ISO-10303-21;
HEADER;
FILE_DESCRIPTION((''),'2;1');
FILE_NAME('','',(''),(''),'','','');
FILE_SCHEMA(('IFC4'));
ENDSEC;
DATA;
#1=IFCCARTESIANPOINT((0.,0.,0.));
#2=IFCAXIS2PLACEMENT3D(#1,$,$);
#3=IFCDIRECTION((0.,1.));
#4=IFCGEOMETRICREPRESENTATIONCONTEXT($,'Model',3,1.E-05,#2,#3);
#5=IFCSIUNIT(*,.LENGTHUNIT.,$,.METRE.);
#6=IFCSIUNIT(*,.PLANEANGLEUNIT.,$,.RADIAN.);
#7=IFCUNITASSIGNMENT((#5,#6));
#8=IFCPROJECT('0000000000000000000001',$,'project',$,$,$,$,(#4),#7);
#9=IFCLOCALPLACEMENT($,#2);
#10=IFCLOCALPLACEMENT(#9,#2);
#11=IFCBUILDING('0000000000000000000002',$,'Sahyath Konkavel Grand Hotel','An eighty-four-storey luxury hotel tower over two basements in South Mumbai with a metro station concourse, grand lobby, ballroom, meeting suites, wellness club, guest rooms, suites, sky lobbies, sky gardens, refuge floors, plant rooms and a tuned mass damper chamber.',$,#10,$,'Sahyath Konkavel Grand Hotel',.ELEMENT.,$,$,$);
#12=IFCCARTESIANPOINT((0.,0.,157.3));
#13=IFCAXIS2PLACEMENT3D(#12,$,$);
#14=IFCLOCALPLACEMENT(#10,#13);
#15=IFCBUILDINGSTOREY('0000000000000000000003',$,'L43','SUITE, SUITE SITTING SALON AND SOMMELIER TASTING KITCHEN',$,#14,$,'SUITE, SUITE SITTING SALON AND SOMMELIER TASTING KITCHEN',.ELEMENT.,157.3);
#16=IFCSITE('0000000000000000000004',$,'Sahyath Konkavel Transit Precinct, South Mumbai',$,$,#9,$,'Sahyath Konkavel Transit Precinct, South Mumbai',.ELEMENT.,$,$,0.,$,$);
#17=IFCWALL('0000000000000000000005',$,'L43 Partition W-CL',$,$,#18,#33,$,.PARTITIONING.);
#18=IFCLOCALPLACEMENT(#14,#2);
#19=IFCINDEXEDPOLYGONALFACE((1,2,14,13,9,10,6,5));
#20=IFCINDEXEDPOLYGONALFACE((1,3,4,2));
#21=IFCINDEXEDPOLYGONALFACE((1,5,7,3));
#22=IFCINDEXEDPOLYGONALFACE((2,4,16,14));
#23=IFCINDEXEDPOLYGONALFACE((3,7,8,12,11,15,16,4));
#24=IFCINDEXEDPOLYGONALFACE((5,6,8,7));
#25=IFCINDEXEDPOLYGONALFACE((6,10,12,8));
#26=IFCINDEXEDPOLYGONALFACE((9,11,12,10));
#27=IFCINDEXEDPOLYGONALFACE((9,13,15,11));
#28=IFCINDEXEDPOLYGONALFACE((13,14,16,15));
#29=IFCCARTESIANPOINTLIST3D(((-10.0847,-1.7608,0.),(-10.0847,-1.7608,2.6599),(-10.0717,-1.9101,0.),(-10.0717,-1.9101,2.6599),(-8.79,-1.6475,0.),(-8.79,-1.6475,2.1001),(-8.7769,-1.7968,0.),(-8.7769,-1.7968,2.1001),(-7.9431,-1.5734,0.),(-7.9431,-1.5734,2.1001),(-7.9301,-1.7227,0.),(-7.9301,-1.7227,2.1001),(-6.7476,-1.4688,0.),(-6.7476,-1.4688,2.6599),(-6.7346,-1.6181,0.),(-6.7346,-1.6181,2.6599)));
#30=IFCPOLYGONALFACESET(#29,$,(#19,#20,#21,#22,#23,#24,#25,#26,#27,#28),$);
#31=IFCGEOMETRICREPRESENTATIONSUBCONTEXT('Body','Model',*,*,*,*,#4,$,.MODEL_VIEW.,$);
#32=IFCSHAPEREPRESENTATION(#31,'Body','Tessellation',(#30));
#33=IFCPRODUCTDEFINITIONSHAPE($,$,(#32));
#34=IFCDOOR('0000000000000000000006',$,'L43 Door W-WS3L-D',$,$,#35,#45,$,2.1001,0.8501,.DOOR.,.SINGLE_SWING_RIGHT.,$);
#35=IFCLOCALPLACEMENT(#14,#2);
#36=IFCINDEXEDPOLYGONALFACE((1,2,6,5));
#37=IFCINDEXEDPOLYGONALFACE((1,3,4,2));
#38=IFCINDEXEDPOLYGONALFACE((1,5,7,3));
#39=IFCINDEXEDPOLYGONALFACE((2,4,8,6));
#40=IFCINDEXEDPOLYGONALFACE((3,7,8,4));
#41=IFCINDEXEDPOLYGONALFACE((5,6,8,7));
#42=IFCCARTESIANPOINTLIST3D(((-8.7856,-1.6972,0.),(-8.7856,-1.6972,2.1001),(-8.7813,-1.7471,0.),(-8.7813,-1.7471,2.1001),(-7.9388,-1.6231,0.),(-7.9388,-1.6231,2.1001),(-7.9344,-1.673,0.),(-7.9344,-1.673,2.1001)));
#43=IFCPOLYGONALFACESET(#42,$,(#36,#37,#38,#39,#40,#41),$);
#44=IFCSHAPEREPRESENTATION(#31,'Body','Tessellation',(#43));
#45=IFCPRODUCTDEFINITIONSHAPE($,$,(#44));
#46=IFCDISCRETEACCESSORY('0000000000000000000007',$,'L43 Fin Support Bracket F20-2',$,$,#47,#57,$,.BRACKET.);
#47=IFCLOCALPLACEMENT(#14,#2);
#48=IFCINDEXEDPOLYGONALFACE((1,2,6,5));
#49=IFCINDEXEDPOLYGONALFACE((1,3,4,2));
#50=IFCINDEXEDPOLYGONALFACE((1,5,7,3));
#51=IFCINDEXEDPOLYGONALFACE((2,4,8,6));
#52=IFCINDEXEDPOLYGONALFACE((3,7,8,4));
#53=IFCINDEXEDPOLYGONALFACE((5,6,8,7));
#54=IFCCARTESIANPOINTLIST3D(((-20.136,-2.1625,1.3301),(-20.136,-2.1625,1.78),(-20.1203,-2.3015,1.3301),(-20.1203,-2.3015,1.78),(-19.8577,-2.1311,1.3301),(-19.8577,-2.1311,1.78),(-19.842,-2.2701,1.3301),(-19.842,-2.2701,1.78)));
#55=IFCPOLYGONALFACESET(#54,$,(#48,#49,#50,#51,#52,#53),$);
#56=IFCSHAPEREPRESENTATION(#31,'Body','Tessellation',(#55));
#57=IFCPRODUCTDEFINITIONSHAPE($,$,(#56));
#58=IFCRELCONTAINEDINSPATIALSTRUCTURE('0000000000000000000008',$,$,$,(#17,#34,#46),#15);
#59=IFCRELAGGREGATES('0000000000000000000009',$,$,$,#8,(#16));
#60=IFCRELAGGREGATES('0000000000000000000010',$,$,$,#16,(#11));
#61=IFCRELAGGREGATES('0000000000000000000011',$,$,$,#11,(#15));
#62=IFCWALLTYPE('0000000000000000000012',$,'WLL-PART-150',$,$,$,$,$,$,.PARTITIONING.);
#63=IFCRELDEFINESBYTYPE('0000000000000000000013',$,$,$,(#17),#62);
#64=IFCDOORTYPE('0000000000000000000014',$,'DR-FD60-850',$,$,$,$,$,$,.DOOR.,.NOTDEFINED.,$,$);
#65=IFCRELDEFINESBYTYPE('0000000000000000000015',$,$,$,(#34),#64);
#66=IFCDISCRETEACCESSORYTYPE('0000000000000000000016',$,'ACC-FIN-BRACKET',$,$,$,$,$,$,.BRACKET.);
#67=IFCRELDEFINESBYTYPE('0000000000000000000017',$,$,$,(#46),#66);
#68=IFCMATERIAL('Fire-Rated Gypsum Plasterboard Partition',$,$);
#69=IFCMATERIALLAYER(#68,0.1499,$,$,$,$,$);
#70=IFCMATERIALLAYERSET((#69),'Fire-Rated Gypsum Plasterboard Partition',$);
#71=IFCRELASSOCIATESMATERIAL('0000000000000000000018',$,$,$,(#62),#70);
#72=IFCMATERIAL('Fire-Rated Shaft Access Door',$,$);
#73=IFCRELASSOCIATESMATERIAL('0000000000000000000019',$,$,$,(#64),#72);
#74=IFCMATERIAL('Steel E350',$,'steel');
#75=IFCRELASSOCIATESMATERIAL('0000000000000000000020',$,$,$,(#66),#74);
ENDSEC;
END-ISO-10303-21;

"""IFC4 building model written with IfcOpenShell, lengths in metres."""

from ifc_helpers import new_model, si_unit, direction, frame, frame_2d, origin, origin_2d, place, context, subcontext, project, spatial, rectangle, extrude, source, transform, mapped, material, layer, layer_set, type_object, element, fill, save


model = new_model("IFC4")

# Units and contexts
model_context = context("Model", 3, precision=1e-05, world=origin(), true_north=direction((0.0, 1.0)))
body_context = subcontext(model_context, "Body", "Model", "MODEL_VIEW")
ifc_project = project(units=[si_unit("LENGTHUNIT", "METRE"), si_unit("PLANEANGLEUNIT", "RADIAN")], contexts=[model_context])

# Site, building, storey
site_placement = place(None, origin())
site = spatial("IfcSite", under=ifc_project, at=site_placement, Name="Sahyath Konkavel Transit Precinct, South Mumbai", LongName="Sahyath Konkavel Transit Precinct, South Mumbai", CompositionType="ELEMENT", RefElevation=0.0)
building_placement = place(site_placement, origin())
building = spatial("IfcBuilding", under=site, at=building_placement, Name="Sahyath Konkavel Grand Hotel", Description="An eighty-four-storey luxury hotel tower over two basements in South Mumbai with a metro station concourse, grand lobby, ballroom, meeting suites, wellness club, guest rooms, suites, sky lobbies, sky gardens, refuge floors, plant rooms and a tuned mass damper chamber.", LongName="Sahyath Konkavel Grand Hotel", CompositionType="ELEMENT")
storey_placement = place(building_placement, frame((0.0, 0.0, 157.3)))
storey = spatial("IfcBuildingStorey", under=building, at=storey_placement, Name="L43", Description="SUITE, SUITE SITTING SALON AND SOMMELIER TASTING KITCHEN", LongName="SUITE, SUITE SITTING SALON AND SOMMELIER TASTING KITCHEN", CompositionType="ELEMENT", Elevation=157.3)

# Shared definitions
ifc_material_1 = material(Name="Steel E350", Category="steel")

# Wall, opening, door
ifc_material_2 = material(Name="Fire-Rated Gypsum Plasterboard Partition")
ifc_layer_1 = layer(ifc_material_2, 0.1499)
ifc_layer_set_1 = layer_set([ifc_layer_1], Name="Fire-Rated Gypsum Plasterboard Partition")
wall_type_1 = type_object("IfcWallType", Name="WLL-PART-150", PredefinedType="PARTITIONING", material=ifc_layer_set_1)
wall_1_placement = place(storey_placement, frame((-6.7412, -1.5435, 0.0), z_axis=(0.0, 0.0, 1.0), x_axis=(-0.996194, -0.087164, 0.0)))
wall_1 = element("IfcWall", 1, at=wall_1_placement, inside=storey, type_object=wall_type_1, Name="L43 Partition W-CL", PredefinedType="PARTITIONING", context=body_context, shape_type="SweptSolid", body=[
    extrude(rectangle(XDim=3.3499, YDim=0.1499, at=frame_2d((1.6748, 0.0))), origin(), (0.0, 0.0, 1.0), 2.6599),
])
opening_placement = place(wall_1_placement, frame((1.2, 0.0, 0.0)))
opening = element("IfcOpeningElement", 2, at=opening_placement, cuts=wall_1, PredefinedType="OPENING", context=body_context, shape_type="SweptSolid", body=[
    extrude(rectangle(XDim=0.8501, YDim=2.1001, at=frame_2d((0.425, 1.05))), frame((0.0, 0.085, 0.0), z_axis=(0.0, -1.0, 0.0), x_axis=(1.0, 0.0, 0.0)), (0.0, 0.0, 1.0), 0.1699),
])
ifc_material_3 = material(Name="Fire-Rated Shaft Access Door")
door_type = type_object("IfcDoorType", Name="DR-FD60-850", OperationType="NOTDEFINED", PredefinedType="DOOR", material=ifc_material_3)
shared_shape_1 = source(origin(), body_context, "Body", "SweptSolid", [
    extrude(rectangle(XDim=0.8501, YDim=0.05, at=origin_2d()), origin(), (0.0, 0.0, 1.0), 2.1001),
])
door_placement = place(opening_placement, frame((0.425, 0.0, 0.0)))
door = element("IfcDoor", 3, at=door_placement, inside=storey, type_object=door_type, Name="L43 Door W-WS3L-D", OperationType="SINGLE_SWING_RIGHT", OverallHeight=2.1001, OverallWidth=0.8501, PredefinedType="DOOR", context=body_context, shape_type="MappedRepresentation", body=[
    mapped(shared_shape_1, transform((0.0, 0.0, 0.0), scale=1.0)),
])
fill(opening, door)

# Discrete accessory
discrete_accessory_type = type_object("IfcDiscreteAccessoryType", Name="ACC-FIN-BRACKET", PredefinedType="BRACKET", material=ifc_material_1)
shared_shape_2 = source(origin(), body_context, "Body", "SweptSolid", [
    extrude(rectangle(XDim=0.28, YDim=0.1399, at=origin_2d()), origin(), (0.0, 0.0, 1.0), 0.45),
])
discrete_accessory_placement = place(storey_placement, frame((-19.989, -2.2163, 1.3301), z_axis=(0.0, 0.0, 1.0), x_axis=(-0.993709, -0.111989, 0.0)))
element("IfcDiscreteAccessory", 4, at=discrete_accessory_placement, inside=storey, type_object=discrete_accessory_type, Name="L43 Fin Support Bracket F20-2", PredefinedType="BRACKET", context=body_context, shape_type="MappedRepresentation", body=[
    mapped(shared_shape_2, transform((0.0, 0.0, 0.0), scale=1.0)),
])

save(model, "model.ifc")
